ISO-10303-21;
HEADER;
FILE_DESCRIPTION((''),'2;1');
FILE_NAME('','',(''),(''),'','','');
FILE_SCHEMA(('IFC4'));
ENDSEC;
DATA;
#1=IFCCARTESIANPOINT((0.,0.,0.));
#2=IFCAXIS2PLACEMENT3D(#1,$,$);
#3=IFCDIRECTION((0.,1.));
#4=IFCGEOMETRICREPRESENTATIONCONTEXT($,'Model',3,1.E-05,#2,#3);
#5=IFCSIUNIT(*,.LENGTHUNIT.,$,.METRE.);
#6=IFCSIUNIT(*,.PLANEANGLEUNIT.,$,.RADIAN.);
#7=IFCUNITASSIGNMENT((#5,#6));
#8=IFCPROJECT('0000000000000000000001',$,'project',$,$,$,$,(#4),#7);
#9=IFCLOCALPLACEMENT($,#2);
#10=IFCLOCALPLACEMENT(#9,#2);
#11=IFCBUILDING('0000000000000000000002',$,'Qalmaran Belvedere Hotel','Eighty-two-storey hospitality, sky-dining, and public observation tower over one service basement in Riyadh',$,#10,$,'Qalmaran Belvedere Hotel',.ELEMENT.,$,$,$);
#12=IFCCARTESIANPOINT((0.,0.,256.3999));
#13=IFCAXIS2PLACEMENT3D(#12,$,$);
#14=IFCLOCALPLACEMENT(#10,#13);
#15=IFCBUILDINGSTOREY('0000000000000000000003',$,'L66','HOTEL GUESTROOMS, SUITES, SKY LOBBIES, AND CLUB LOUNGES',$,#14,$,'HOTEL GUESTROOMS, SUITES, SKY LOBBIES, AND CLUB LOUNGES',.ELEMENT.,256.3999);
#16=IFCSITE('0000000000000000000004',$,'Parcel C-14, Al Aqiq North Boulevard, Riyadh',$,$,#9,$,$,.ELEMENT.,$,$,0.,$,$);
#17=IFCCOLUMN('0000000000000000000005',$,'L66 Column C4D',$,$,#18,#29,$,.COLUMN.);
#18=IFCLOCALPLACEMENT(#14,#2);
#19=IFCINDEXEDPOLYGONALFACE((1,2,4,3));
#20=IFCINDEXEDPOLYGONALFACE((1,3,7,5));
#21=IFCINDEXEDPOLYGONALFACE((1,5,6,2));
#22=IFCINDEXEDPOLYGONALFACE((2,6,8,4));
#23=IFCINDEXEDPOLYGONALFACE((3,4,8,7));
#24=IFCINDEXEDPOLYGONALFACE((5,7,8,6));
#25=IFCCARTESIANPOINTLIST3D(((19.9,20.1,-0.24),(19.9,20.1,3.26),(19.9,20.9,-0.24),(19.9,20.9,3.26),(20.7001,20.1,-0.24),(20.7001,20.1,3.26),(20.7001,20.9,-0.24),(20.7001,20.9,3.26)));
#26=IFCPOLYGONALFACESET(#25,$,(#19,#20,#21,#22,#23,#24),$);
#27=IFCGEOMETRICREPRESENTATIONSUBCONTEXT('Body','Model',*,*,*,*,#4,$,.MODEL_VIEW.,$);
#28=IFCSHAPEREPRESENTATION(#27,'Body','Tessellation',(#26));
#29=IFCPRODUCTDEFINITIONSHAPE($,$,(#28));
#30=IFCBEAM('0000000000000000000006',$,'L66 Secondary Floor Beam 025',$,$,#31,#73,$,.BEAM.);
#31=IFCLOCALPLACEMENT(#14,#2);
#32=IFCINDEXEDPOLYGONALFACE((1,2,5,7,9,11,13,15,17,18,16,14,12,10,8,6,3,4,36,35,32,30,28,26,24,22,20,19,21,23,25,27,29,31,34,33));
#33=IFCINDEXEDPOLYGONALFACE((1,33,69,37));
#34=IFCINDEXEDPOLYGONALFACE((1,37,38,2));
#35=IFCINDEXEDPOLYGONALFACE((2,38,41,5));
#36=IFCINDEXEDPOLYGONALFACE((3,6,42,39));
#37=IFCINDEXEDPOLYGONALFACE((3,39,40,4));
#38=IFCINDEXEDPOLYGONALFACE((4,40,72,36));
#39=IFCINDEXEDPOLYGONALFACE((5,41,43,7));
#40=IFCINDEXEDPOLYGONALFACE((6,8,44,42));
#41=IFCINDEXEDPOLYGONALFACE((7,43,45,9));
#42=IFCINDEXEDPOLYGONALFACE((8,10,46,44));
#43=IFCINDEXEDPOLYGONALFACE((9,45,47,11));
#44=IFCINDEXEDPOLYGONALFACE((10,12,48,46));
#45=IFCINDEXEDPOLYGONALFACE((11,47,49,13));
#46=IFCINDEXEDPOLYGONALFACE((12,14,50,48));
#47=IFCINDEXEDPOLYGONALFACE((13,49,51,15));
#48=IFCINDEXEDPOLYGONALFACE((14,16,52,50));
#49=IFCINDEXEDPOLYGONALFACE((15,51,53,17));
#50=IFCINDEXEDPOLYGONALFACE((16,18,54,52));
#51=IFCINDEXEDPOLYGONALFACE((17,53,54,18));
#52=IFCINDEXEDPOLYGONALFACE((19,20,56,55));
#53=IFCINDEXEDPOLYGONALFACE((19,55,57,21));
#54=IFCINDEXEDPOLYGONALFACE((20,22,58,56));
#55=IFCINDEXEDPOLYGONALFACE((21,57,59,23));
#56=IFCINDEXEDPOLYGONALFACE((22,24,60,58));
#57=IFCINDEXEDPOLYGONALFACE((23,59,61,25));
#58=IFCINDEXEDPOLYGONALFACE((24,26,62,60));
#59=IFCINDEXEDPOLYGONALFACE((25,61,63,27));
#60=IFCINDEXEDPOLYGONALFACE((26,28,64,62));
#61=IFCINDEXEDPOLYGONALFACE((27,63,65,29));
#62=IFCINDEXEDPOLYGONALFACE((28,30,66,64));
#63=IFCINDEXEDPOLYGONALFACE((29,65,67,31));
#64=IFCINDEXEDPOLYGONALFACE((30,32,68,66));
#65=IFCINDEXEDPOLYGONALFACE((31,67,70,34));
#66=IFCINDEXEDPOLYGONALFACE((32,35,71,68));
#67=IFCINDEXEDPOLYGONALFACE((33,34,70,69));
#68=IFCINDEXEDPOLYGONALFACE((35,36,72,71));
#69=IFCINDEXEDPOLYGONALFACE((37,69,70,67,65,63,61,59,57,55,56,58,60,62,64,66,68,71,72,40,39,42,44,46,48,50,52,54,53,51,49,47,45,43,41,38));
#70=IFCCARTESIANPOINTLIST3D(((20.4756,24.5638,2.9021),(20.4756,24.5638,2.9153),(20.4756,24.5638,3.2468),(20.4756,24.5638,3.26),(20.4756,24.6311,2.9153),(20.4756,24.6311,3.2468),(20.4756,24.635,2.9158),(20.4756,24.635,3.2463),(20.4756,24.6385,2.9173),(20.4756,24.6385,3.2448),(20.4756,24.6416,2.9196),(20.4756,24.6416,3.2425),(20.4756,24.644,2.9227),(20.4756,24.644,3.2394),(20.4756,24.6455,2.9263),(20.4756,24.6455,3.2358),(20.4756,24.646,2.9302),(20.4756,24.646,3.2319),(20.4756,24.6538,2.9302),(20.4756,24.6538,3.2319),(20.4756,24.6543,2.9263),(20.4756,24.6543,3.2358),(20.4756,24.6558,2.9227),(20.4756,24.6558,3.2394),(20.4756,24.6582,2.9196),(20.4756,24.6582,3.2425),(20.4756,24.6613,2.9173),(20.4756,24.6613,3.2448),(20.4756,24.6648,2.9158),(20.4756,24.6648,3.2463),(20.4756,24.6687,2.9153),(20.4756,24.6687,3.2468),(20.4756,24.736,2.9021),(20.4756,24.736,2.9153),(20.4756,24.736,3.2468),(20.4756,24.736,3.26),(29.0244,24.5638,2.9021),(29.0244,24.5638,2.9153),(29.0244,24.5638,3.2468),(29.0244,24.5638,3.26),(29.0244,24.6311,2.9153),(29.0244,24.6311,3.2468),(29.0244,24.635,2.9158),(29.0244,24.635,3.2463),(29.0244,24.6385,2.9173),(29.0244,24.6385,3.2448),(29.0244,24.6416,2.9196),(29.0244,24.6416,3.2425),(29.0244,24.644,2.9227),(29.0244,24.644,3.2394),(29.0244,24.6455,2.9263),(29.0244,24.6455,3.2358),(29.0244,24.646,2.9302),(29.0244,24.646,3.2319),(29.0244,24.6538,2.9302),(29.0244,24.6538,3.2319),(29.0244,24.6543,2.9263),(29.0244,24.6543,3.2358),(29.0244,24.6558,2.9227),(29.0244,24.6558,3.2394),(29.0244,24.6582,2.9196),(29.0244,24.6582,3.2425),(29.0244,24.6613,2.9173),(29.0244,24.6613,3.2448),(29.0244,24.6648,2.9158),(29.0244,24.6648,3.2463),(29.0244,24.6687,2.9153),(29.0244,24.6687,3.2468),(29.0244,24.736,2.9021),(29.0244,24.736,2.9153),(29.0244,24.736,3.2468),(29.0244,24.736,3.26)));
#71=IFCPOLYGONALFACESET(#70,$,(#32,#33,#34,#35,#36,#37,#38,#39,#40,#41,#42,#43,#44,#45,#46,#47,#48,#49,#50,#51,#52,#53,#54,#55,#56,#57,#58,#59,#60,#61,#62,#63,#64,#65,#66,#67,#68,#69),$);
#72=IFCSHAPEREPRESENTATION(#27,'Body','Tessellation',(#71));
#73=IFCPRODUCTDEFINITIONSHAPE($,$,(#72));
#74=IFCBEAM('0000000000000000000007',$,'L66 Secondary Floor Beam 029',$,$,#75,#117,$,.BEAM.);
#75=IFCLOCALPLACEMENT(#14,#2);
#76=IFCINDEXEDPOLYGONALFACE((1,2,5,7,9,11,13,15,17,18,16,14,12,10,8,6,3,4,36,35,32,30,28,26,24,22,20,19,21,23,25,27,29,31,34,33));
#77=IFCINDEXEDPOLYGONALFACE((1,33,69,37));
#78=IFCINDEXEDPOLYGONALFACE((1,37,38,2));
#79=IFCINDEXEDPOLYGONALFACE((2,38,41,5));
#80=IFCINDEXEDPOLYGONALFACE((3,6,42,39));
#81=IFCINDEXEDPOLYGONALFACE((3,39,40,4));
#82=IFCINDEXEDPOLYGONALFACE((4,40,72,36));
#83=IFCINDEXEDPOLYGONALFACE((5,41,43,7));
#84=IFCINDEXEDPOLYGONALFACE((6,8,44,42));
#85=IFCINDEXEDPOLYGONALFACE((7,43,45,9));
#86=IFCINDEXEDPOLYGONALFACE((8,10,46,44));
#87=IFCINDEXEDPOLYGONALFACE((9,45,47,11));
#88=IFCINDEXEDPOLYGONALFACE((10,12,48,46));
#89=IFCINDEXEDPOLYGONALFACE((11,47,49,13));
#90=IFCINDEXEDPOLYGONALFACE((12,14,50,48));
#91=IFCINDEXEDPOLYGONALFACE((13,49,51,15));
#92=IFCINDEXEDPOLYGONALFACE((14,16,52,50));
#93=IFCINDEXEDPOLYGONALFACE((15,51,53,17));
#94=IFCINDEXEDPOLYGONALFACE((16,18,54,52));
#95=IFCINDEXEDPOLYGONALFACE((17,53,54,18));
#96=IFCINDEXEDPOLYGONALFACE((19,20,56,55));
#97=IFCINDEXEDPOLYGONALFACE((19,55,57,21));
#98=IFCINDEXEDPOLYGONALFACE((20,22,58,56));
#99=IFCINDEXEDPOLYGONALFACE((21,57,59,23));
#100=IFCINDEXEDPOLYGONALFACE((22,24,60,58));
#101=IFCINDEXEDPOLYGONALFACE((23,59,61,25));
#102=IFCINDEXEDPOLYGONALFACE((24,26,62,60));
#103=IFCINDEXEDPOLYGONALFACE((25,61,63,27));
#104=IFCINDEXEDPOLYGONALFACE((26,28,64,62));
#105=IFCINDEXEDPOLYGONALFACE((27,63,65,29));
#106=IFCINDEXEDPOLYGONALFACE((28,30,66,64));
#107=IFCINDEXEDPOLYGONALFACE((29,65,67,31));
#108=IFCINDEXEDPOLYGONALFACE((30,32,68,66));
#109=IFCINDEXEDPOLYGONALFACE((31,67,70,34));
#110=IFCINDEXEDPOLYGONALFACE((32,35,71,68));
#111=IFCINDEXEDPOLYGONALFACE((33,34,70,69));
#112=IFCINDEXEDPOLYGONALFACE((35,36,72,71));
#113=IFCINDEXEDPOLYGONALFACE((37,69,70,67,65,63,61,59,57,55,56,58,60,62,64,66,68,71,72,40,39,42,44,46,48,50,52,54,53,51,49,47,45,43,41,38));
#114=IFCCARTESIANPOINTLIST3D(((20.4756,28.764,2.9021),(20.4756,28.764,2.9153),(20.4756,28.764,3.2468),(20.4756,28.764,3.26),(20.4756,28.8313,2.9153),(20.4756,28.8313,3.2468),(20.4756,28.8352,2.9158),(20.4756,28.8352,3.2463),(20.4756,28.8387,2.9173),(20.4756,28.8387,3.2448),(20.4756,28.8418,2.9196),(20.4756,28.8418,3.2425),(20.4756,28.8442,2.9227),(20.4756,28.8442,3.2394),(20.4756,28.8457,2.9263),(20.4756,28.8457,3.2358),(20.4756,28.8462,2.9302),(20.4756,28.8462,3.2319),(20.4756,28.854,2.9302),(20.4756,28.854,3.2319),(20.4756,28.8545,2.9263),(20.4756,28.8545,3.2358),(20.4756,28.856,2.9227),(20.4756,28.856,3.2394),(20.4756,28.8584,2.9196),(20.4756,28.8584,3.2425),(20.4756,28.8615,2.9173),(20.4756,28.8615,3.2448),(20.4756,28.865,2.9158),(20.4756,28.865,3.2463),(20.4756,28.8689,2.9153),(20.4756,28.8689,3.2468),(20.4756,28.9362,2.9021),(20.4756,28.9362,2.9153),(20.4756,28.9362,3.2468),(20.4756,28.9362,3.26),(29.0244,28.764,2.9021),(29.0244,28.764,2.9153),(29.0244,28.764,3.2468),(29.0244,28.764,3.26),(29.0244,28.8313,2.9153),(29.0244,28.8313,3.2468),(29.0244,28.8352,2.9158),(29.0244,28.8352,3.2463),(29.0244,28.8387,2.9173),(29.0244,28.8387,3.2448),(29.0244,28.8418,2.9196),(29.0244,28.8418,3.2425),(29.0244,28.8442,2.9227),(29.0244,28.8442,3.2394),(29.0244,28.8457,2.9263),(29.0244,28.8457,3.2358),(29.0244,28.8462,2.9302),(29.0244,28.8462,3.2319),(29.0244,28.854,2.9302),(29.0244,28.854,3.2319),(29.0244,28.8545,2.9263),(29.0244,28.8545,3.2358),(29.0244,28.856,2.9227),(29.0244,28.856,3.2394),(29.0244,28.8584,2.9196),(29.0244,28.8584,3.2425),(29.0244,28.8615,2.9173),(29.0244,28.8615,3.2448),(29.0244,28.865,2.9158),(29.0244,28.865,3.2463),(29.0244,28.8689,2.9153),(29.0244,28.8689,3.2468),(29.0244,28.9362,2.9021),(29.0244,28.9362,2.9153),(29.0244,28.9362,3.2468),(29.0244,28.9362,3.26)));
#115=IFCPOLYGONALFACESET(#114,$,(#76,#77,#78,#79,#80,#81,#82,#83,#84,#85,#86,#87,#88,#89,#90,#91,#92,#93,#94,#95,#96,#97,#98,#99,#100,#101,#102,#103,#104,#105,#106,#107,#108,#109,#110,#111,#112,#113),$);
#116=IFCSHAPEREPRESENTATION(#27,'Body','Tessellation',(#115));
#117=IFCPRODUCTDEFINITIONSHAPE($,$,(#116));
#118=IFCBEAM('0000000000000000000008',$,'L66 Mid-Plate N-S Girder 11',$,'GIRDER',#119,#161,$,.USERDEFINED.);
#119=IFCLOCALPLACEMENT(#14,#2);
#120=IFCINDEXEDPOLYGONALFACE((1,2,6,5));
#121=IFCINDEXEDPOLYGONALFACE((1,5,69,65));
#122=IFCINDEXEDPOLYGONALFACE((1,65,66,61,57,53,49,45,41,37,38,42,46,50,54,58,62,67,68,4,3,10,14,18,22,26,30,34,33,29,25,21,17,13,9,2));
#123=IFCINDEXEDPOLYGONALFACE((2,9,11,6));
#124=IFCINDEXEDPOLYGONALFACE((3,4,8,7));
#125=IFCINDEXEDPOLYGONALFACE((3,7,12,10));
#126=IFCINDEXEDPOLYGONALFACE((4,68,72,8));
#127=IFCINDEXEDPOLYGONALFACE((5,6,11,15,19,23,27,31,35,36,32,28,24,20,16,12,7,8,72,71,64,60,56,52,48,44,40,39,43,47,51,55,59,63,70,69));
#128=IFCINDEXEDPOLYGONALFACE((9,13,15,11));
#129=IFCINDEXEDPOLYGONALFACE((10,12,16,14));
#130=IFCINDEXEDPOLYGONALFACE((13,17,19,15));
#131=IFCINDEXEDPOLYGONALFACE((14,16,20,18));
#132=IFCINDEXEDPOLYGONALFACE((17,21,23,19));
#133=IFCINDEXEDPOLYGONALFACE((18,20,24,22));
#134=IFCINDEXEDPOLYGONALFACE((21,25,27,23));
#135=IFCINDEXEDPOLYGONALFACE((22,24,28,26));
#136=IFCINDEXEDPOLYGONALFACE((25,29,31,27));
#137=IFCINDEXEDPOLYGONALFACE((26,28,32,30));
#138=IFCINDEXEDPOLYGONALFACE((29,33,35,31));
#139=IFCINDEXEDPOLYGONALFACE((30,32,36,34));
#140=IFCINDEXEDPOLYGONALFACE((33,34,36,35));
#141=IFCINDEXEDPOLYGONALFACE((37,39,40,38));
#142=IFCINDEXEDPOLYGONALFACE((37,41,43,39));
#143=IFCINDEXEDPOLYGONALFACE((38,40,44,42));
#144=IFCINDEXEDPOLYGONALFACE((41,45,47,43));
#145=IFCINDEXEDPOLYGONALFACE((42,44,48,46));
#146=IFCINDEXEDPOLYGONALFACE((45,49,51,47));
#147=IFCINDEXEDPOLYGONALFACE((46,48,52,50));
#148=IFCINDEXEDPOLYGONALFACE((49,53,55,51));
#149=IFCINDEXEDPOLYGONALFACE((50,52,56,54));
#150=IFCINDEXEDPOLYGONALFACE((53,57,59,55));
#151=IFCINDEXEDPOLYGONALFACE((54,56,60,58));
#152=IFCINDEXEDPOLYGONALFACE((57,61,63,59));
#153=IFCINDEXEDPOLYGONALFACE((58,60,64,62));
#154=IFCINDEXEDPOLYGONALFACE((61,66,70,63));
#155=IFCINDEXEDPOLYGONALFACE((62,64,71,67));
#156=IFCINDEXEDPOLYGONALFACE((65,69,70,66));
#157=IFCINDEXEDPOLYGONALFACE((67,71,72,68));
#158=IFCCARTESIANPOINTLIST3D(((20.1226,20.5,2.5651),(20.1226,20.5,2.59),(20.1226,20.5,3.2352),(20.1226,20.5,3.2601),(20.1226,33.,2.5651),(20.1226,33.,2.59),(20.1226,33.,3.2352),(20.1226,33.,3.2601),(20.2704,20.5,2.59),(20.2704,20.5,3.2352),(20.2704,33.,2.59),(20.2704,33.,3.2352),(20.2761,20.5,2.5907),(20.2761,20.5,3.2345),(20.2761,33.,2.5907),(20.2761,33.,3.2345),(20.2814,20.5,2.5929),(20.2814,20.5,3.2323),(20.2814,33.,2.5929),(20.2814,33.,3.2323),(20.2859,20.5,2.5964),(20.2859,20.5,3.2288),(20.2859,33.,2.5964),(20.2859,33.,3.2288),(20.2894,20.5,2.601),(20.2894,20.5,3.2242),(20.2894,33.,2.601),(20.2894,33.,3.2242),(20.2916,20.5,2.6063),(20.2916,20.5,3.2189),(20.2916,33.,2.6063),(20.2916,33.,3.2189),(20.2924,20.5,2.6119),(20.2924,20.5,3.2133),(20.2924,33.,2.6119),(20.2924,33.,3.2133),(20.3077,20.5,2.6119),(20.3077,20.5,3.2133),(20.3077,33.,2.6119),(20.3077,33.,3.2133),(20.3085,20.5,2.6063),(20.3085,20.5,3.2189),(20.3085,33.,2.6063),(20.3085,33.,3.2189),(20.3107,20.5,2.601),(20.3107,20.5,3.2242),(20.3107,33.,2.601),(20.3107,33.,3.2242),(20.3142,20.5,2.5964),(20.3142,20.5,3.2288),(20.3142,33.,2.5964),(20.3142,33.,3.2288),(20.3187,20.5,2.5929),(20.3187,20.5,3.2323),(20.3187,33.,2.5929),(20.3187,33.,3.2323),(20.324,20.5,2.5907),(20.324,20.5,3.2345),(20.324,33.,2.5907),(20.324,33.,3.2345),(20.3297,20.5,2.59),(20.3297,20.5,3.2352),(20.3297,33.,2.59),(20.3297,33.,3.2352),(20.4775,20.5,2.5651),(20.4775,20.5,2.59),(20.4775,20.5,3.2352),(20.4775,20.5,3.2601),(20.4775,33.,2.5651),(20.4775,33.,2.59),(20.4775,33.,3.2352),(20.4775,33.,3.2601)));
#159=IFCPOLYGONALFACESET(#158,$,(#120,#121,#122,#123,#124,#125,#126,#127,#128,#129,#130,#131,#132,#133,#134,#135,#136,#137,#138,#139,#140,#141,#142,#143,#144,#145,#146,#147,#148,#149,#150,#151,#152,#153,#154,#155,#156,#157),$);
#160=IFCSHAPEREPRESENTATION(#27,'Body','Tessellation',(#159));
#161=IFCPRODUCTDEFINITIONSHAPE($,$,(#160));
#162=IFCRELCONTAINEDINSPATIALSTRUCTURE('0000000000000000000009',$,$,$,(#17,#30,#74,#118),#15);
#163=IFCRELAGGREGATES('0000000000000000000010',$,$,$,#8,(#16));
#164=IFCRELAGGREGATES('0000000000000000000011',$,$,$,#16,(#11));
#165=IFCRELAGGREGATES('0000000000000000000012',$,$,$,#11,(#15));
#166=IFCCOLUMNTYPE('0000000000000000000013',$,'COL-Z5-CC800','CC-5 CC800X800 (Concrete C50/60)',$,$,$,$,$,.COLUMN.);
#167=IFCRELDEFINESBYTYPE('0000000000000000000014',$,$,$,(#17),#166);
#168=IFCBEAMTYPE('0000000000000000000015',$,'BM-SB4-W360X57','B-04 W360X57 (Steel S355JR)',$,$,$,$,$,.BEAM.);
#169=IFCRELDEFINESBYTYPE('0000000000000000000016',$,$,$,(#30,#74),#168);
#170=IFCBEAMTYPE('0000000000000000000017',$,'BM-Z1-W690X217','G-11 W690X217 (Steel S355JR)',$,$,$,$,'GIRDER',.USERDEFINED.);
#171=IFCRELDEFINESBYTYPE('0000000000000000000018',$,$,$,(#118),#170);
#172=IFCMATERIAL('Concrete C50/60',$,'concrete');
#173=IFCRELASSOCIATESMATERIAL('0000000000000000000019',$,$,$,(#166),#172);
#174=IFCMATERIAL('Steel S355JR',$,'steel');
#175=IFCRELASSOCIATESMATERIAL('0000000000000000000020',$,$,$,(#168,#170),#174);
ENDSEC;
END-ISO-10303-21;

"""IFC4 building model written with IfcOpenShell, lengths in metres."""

from ifc_helpers import new_model, si_unit, direction, frame, origin, origin_2d, place, context, subcontext, project, spatial, rectangle, i_section, extrude, material, material_profile, profile_set, type_object, element, save


model = new_model("IFC4")

# Units and contexts
model_context = context("Model", 3, precision=1e-05, world=origin(), true_north=direction((0.0, 1.0)))
body_context = subcontext(model_context, "Body", "Model", "MODEL_VIEW")
ifc_project = project(units=[si_unit("LENGTHUNIT", "METRE"), si_unit("PLANEANGLEUNIT", "RADIAN")], contexts=[model_context])

# Site, building, storey
site_placement = place(None, origin())
site = spatial("IfcSite", under=ifc_project, at=site_placement, Name="Parcel C-14, Al Aqiq North Boulevard, Riyadh", CompositionType="ELEMENT", RefElevation=0.0)
building_placement = place(site_placement, origin())
building = spatial("IfcBuilding", under=site, at=building_placement, Name="Qalmaran Belvedere Hotel", Description="Eighty-two-storey hospitality, sky-dining, and public observation tower over one service basement in Riyadh", LongName="Qalmaran Belvedere Hotel", CompositionType="ELEMENT")
storey_placement = place(building_placement, frame((0.0, 0.0, 256.3999)))
storey = spatial("IfcBuildingStorey", under=building, at=storey_placement, Name="L66", Description="HOTEL GUESTROOMS, SUITES, SKY LOBBIES, AND CLUB LOUNGES", LongName="HOTEL GUESTROOMS, SUITES, SKY LOBBIES, AND CLUB LOUNGES", CompositionType="ELEMENT", Elevation=256.3999)

# Column
ifc_material_1 = material(Name="Concrete C50/60", Category="concrete")
ifc_material_profile_1 = material_profile(ifc_material_1, rectangle(XDim=0.8, YDim=0.8, at=origin_2d()), Name="CC800X800")
ifc_profile_set_1 = profile_set([ifc_material_profile_1], Name="Concrete C50/60")
column_type = type_object("IfcColumnType", Name="COL-Z5-CC800", Description="CC-5 CC800X800 (Concrete C50/60)", PredefinedType="COLUMN", material=ifc_profile_set_1)
column_placement = place(storey_placement, frame((20.3, 20.5, -0.24), z_axis=(0.0, 0.0, 1.0), x_axis=(1.0, 0.0, 0.0)))
element("IfcColumn", 1, at=column_placement, inside=storey, type_object=column_type, Name="L66 Column C4D", PredefinedType="COLUMN", context=body_context, shape_type="SweptSolid", body=[
    extrude(rectangle(XDim=0.8, YDim=0.8, at=origin_2d()), origin(), (0.0, 0.0, 1.0), 3.5),
])

# Beams
ifc_material_2 = material(Name="Steel S355JR", Category="steel")
ifc_material_profile_2 = material_profile(ifc_material_2, i_section(OverallWidth=0.1721, OverallDepth=0.3579, WebThickness=0.0078, FlangeThickness=0.0132, FilletRadius=0.0149, at=origin_2d()), Name="W360X57")
ifc_profile_set_2 = profile_set([ifc_material_profile_2], Name="Steel S355JR")
beam_type_1 = type_object("IfcBeamType", Name="BM-SB4-W360X57", Description="B-04 W360X57 (Steel S355JR)", PredefinedType="BEAM", material=ifc_profile_set_2)
for number, where, z_axis, x_axis, name in (
    (2, (20.4756, 24.6499, 3.0811), (1.0, 0.0, 0.0), (0.0, 1.0, 0.0), "L66 Secondary Floor Beam 025"),
    (3, (20.4756, 28.8501, 3.0811), (1.0, 0.0, 0.0), (0.0, 1.0, 0.0), "L66 Secondary Floor Beam 029"),
):
    element("IfcBeam", number, at=place(storey_placement, frame(where, z_axis=z_axis, x_axis=x_axis)), inside=storey, type_object=beam_type_1, Name=name, PredefinedType="BEAM", context=body_context, shape_type="SweptSolid", body=[
        extrude(i_section(OverallWidth=0.1721, OverallDepth=0.3579, WebThickness=0.0078, FlangeThickness=0.0132, FilletRadius=0.0149, at=origin_2d()), origin(), (0.0, 0.0, 1.0), 8.5488),
    ])
ifc_material_profile_3 = material_profile(ifc_material_2, i_section(OverallWidth=0.355, OverallDepth=0.6951, WebThickness=0.0154, FlangeThickness=0.0249, FilletRadius=0.022, at=origin_2d()), Name="W690X217")
ifc_profile_set_3 = profile_set([ifc_material_profile_3], Name="Steel S355JR")
beam_type_2 = type_object("IfcBeamType", Name="BM-Z1-W690X217", Description="G-11 W690X217 (Steel S355JR)", ElementType="GIRDER", PredefinedType="USERDEFINED", material=ifc_profile_set_3)
beam_1_placement = place(storey_placement, frame((20.3, 20.5, 2.9126), z_axis=(0.0, 1.0, 0.0), x_axis=(-1.0, 0.0, 0.0)))
element("IfcBeam", 4, at=beam_1_placement, inside=storey, type_object=beam_type_2, Name="L66 Mid-Plate N-S Girder 11", ObjectType="GIRDER", PredefinedType="USERDEFINED", context=body_context, shape_type="SweptSolid", body=[
    extrude(i_section(OverallWidth=0.355, OverallDepth=0.6951, WebThickness=0.0154, FlangeThickness=0.0249, FilletRadius=0.022, at=origin_2d()), origin(), (0.0, 0.0, 1.0), 12.5),
])

save(model, "model.ifc")
